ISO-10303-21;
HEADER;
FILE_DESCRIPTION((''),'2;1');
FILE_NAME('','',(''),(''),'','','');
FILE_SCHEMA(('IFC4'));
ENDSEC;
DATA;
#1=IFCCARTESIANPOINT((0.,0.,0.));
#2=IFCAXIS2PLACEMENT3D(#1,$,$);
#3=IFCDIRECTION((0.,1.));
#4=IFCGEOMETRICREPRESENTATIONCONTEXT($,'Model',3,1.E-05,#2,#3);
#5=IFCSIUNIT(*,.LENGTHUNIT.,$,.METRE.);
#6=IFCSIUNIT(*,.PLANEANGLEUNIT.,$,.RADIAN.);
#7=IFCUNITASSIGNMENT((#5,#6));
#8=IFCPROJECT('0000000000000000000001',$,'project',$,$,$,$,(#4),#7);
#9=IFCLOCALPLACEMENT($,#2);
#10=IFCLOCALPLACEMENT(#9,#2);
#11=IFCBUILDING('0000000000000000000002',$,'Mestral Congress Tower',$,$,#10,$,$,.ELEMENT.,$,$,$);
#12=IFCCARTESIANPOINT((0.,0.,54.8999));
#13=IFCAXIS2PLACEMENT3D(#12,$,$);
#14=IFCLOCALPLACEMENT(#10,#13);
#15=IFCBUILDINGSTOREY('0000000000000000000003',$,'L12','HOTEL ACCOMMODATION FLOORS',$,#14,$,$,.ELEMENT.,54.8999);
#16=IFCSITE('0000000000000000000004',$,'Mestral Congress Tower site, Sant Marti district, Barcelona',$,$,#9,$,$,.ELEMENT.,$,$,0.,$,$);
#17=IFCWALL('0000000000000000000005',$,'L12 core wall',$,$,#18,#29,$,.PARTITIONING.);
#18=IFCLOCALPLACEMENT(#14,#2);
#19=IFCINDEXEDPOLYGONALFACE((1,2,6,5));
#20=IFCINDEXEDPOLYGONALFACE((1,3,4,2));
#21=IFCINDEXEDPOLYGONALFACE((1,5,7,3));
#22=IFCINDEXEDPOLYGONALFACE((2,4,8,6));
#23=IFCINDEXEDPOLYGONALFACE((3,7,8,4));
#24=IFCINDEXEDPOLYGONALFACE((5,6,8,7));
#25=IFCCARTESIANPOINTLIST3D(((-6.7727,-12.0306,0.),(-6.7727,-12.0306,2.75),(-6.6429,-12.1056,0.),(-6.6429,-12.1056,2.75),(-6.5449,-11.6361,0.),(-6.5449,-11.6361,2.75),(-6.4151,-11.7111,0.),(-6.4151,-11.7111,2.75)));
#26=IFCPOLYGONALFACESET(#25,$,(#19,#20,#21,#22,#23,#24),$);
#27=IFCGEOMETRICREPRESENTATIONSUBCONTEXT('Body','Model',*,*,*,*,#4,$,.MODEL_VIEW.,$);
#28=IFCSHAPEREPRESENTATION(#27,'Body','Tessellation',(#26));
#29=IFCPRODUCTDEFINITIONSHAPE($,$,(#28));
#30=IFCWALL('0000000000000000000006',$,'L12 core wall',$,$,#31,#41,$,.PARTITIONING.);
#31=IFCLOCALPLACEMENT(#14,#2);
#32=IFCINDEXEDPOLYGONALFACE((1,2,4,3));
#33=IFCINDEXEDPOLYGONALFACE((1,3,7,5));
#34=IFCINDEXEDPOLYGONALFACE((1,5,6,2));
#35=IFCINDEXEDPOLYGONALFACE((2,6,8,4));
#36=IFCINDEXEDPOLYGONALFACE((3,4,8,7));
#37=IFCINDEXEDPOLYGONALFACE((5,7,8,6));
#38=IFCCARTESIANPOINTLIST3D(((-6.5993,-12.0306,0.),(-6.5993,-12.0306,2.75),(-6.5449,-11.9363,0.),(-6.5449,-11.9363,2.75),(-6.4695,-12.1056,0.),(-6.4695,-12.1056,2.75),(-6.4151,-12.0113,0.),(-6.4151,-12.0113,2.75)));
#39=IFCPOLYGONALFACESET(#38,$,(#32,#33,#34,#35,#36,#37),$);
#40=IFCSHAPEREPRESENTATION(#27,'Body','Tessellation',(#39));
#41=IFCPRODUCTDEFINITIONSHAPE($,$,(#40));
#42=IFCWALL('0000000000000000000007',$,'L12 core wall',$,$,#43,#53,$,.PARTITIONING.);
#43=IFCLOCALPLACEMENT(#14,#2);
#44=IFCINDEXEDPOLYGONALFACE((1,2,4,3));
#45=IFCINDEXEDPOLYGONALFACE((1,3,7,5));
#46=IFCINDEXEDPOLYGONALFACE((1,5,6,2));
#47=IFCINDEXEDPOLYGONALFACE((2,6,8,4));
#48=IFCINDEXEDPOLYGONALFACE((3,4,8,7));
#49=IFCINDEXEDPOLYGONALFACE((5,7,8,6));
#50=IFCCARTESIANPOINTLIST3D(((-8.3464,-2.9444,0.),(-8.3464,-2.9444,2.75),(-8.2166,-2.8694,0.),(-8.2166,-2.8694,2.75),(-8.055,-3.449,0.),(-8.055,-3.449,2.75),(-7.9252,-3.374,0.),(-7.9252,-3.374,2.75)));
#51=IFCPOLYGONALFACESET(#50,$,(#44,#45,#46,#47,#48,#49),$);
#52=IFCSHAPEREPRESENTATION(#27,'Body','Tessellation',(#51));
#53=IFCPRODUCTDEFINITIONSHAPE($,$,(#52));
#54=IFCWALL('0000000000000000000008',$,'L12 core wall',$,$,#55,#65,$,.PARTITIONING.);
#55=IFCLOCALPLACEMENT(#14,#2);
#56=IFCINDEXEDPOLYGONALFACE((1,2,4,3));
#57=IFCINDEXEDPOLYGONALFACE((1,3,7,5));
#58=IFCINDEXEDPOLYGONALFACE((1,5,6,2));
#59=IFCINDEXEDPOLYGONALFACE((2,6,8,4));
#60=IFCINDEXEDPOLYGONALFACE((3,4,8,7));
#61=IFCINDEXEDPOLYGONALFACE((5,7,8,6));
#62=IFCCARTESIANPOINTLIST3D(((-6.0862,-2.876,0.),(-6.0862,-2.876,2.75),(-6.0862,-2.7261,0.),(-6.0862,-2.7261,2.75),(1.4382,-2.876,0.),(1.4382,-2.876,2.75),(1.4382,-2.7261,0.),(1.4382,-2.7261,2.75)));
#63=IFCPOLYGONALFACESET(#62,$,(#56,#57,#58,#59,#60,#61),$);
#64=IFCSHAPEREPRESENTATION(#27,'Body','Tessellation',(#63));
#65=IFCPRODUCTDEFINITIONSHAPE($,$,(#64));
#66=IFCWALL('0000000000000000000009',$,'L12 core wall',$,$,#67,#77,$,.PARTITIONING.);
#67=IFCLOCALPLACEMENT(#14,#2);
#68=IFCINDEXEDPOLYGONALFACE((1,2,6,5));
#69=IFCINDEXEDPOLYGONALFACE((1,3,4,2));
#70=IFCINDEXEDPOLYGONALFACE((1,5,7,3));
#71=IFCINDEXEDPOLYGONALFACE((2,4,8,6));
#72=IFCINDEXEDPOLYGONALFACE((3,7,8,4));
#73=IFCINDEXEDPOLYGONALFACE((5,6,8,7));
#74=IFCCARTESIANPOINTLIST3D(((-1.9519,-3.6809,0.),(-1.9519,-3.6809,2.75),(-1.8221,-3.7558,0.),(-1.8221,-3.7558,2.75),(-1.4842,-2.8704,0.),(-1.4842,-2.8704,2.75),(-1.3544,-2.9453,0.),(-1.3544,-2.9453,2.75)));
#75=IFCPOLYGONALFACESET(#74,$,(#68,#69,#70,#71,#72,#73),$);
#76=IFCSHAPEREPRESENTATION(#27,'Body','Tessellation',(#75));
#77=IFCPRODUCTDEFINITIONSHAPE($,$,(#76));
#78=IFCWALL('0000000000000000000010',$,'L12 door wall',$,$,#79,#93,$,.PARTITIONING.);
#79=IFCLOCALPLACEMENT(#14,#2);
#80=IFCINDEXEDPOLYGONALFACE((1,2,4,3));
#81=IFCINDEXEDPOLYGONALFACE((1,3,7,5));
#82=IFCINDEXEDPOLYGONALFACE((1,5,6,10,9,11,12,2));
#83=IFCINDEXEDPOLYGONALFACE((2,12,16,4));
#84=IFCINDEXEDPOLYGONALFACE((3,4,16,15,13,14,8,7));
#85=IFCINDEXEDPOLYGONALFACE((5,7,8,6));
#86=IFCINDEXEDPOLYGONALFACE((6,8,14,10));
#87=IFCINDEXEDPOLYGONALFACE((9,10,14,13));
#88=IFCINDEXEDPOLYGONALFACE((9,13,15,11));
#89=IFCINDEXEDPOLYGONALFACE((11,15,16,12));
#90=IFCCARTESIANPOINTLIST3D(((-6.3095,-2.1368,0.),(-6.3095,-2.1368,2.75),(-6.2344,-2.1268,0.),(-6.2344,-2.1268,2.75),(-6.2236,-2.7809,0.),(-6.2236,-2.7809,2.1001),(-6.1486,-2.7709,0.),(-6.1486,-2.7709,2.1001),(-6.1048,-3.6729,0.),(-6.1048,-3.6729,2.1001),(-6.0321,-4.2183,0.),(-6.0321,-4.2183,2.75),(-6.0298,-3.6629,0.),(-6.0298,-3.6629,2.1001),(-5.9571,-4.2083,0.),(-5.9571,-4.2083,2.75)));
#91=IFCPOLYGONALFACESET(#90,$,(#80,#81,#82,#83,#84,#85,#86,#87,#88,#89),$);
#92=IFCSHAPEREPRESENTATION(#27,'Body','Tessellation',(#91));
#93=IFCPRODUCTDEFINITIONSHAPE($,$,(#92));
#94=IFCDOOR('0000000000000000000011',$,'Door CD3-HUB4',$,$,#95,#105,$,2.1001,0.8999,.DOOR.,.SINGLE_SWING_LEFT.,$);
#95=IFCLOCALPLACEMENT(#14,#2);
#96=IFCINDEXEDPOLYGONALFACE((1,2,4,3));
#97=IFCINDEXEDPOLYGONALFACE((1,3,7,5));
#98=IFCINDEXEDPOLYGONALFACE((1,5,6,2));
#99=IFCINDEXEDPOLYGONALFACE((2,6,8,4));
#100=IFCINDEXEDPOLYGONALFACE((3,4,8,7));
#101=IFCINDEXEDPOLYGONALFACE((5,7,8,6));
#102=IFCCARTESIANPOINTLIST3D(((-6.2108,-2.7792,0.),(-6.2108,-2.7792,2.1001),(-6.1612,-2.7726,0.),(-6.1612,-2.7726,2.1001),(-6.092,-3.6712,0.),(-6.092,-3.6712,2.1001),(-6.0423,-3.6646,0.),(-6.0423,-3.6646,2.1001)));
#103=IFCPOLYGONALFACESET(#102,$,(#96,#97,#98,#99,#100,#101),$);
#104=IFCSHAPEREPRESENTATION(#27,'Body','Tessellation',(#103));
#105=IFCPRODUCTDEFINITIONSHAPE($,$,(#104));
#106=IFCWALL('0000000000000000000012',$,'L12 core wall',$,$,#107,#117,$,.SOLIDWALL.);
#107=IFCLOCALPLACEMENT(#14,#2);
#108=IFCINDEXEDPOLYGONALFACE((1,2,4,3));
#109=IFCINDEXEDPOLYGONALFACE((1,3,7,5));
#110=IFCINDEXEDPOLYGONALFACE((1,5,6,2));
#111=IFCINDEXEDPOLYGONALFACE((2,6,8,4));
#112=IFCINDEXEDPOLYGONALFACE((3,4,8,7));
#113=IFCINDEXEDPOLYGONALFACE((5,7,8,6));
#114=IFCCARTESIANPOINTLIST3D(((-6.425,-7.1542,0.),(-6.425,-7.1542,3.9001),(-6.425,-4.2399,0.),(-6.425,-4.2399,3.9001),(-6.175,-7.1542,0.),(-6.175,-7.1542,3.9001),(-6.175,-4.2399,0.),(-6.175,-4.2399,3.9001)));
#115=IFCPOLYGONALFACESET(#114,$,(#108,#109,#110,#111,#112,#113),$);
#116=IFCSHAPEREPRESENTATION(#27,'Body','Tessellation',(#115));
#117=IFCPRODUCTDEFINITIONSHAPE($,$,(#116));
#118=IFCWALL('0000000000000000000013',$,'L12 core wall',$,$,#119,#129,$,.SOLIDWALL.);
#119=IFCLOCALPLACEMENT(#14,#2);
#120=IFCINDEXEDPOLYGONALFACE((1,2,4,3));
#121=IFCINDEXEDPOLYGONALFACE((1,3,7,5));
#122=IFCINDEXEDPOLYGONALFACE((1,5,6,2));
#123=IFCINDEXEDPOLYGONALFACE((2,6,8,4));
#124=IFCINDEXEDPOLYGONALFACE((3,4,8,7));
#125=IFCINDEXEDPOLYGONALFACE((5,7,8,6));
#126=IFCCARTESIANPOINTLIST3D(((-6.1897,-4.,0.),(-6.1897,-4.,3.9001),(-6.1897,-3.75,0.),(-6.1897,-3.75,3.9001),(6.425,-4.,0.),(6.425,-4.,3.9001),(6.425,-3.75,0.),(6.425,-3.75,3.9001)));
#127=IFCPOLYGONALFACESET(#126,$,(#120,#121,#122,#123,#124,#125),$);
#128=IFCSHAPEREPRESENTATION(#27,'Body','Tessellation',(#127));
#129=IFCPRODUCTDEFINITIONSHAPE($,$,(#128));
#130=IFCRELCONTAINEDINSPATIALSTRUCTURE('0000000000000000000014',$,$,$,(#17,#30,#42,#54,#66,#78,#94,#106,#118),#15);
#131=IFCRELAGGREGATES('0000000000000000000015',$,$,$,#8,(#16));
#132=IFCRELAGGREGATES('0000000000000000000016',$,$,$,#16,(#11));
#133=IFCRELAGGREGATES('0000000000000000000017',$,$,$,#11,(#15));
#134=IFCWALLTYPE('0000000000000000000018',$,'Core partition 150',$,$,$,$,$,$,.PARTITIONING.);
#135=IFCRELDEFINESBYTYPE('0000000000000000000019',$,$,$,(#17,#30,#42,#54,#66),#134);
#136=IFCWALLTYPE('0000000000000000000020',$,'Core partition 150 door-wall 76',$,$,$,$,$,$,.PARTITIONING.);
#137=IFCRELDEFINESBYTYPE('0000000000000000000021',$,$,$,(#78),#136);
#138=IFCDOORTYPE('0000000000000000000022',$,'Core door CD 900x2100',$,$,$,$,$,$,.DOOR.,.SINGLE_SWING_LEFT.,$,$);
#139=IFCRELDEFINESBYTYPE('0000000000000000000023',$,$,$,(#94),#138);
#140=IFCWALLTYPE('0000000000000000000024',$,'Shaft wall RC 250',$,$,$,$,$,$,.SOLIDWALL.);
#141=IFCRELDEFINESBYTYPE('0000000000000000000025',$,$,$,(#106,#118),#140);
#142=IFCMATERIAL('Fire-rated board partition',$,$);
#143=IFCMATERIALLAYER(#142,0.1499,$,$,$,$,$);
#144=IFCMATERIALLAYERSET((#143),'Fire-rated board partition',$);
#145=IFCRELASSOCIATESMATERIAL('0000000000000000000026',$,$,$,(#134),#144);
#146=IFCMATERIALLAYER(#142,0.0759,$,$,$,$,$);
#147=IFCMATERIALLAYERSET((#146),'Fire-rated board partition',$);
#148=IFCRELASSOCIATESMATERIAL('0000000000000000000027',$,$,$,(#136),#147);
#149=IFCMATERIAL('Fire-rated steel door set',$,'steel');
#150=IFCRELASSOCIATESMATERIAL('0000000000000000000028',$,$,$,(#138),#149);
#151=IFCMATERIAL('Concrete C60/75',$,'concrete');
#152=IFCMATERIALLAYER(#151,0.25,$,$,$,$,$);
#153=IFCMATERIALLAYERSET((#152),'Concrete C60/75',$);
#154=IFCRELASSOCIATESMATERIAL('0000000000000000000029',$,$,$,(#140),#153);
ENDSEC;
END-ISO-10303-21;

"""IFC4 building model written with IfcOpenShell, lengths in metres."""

from ifc_helpers import new_model, si_unit, direction, frame, frame_2d, origin, place, context, subcontext, project, spatial, rectangle, extrude, material, layer, layer_set, type_object, element, fill, save


model = new_model("IFC4")

# Units and contexts
model_context = context("Model", 3, precision=1e-05, world=origin(), true_north=direction((0.0, 1.0)))
body_context = subcontext(model_context, "Body", "Model", "MODEL_VIEW")
ifc_project = project(units=[si_unit("LENGTHUNIT", "METRE"), si_unit("PLANEANGLEUNIT", "RADIAN")], contexts=[model_context])

# Site, building, storey
site_placement = place(None, origin())
site = spatial("IfcSite", under=ifc_project, at=site_placement, Name="Mestral Congress Tower site, Sant Marti district, Barcelona", CompositionType="ELEMENT", RefElevation=0.0)
building_placement = place(site_placement, origin())
building = spatial("IfcBuilding", under=site, at=building_placement, Name="Mestral Congress Tower", CompositionType="ELEMENT")
storey_placement = place(building_placement, frame((0.0, 0.0, 54.8999)))
storey = spatial("IfcBuildingStorey", under=building, at=storey_placement, Name="L12", Description="HOTEL ACCOMMODATION FLOORS", CompositionType="ELEMENT", Elevation=54.8999)

# Walls
ifc_material_1 = material(Name="Fire-rated board partition")
ifc_layer_1 = layer(ifc_material_1, 0.1499)
ifc_layer_set_1 = layer_set([ifc_layer_1], Name="Fire-rated board partition")
wall_type_1 = type_object("IfcWallType", Name="Core partition 150", PredefinedType="PARTITIONING", material=ifc_layer_set_1)
wall_1_placement = place(storey_placement, frame((-6.7078, -12.0681, 0.0), z_axis=(0.0, 0.0, 1.0), x_axis=(0.500001, 0.866025, 0.0)))
element("IfcWall", 1, at=wall_1_placement, inside=storey, type_object=wall_type_1, Name="L12 core wall", PredefinedType="PARTITIONING", context=body_context, shape_type="SweptSolid", body=[
    extrude(rectangle(XDim=0.4556, YDim=0.1499, at=frame_2d((0.2278, 0.0))), origin(), (0.0, 0.0, 1.0), 2.75),
])
wall_2_placement = place(storey_placement, frame((-6.5344, -12.0681, 0.0), z_axis=(0.0, 0.0, 1.0), x_axis=(0.50024, 0.865887, 0.0)))
element("IfcWall", 2, at=wall_2_placement, inside=storey, type_object=wall_type_1, Name="L12 core wall", PredefinedType="PARTITIONING", context=body_context, shape_type="SweptSolid", body=[
    extrude(rectangle(XDim=0.1089, YDim=0.1499, at=frame_2d((0.0544, 0.0))), origin(), (0.0, 0.0, 1.0), 2.75),
])
wall_3_placement = place(storey_placement, frame((-7.99, -3.4116, 0.0), z_axis=(0.0, 0.0, 1.0), x_axis=(-0.500194, 0.865913, 0.0)))
element("IfcWall", 3, at=wall_3_placement, inside=storey, type_object=wall_type_1, Name="L12 core wall", PredefinedType="PARTITIONING", context=body_context, shape_type="SweptSolid", body=[
    extrude(rectangle(XDim=0.5828, YDim=0.1499, at=frame_2d((0.2915, 0.0))), origin(), (0.0, 0.0, 1.0), 2.75),
])
wall_4_placement = place(storey_placement, frame((-6.0862, -2.801, 0.0), z_axis=(0.0, 0.0, 1.0), x_axis=(1.0, 0.0, 0.0)))
element("IfcWall", 4, at=wall_4_placement, inside=storey, type_object=wall_type_1, Name="L12 core wall", PredefinedType="PARTITIONING", context=body_context, shape_type="SweptSolid", body=[
    extrude(rectangle(XDim=7.5244, YDim=0.1499, at=frame_2d((3.7622, 0.0))), origin(), (0.0, 0.0, 1.0), 2.75),
])
wall_5_placement = place(storey_placement, frame((-1.887, -3.7183, 0.0), z_axis=(0.0, 0.0, 1.0), x_axis=(0.499843, 0.866116, 0.0)))
element("IfcWall", 5, at=wall_5_placement, inside=storey, type_object=wall_type_1, Name="L12 core wall", PredefinedType="PARTITIONING", context=body_context, shape_type="SweptSolid", body=[
    extrude(rectangle(XDim=0.9358, YDim=0.1499, at=frame_2d((0.4678, 0.0))), origin(), (0.0, 0.0, 1.0), 2.75),
])

# Wall, opening, door
ifc_layer_2 = layer(ifc_material_1, 0.0759)
ifc_layer_set_2 = layer_set([ifc_layer_2], Name="Fire-rated board partition")
wall_type_2 = type_object("IfcWallType", Name="Core partition 150 door-wall 76", PredefinedType="PARTITIONING", material=ifc_layer_set_2)
wall_6_placement = place(storey_placement, frame((-5.9946, -4.2131, 0.0), z_axis=(0.0, 0.0, 1.0), x_axis=(-0.132072, 0.99124, 0.0)))
wall_6 = element("IfcWall", 6, at=wall_6_placement, inside=storey, type_object=wall_type_2, Name="L12 door wall", PredefinedType="PARTITIONING", context=body_context, shape_type="SweptSolid", body=[
    extrude(rectangle(XDim=2.0999, YDim=0.0757, at=frame_2d((1.0498, 0.0))), origin(), (0.0, 0.0, 1.0), 2.75),
])
opening_1_placement = place(wall_6_placement, frame((0.55, 0.0, 0.0)))
opening_1 = element("IfcOpeningElement", 7, at=opening_1_placement, cuts=wall_6, PredefinedType="OPENING", context=body_context, shape_type="SweptSolid", body=[
    extrude(rectangle(XDim=0.8999, YDim=2.1001, at=frame_2d((0.45, 1.05))), frame((0.0, 0.0479, 0.0), z_axis=(0.0, -1.0, 0.0), x_axis=(1.0, 0.0, 0.0)), (0.0, 0.0, 1.0), 0.0957),
])
ifc_material_2 = material(Name="Fire-rated steel door set", Category="steel")
door_type_1 = type_object("IfcDoorType", Name="Core door CD 900x2100", OperationType="SINGLE_SWING_LEFT", PredefinedType="DOOR", material=ifc_material_2)
door_1_placement = place(opening_1_placement, origin())
door_1 = element("IfcDoor", 8, at=door_1_placement, inside=storey, type_object=door_type_1, Name="Door CD3-HUB4", OperationType="SINGLE_SWING_LEFT", OverallHeight=2.1001, OverallWidth=0.8999, PredefinedType="DOOR", context=body_context, shape_type="SweptSolid", body=[
    extrude(rectangle(XDim=0.8999, YDim=2.1001, at=frame_2d((0.45, 1.05))), frame((0.0, 0.0249, 0.0), z_axis=(0.0, -1.0, 0.0), x_axis=(1.0, 0.0, 0.0)), (0.0, 0.0, 1.0), 0.05),
])
fill(opening_1, door_1)

# Walls
ifc_material_3 = material(Name="Concrete C60/75", Category="concrete")
ifc_layer_3 = layer(ifc_material_3, 0.25)
ifc_layer_set_3 = layer_set([ifc_layer_3], Name="Concrete C60/75")
wall_type_3 = type_object("IfcWallType", Name="Shaft wall RC 250", PredefinedType="SOLIDWALL", material=ifc_layer_set_3)
wall_7_placement = place(storey_placement, frame((-6.3, -4.24, 0.0), z_axis=(0.0, 0.0, 1.0), x_axis=(0.0, -1.0, 0.0)))
element("IfcWall", 9, at=wall_7_placement, inside=storey, type_object=wall_type_3, Name="L12 core wall", PredefinedType="SOLIDWALL", context=body_context, shape_type="SweptSolid", body=[
    extrude(rectangle(XDim=2.9143, YDim=0.25, at=frame_2d((1.457, 0.0))), origin(), (0.0, 0.0, 1.0), 3.9001),
])
wall_8_placement = place(storey_placement, frame((-6.1897, -3.875, 0.0), z_axis=(0.0, 0.0, 1.0), x_axis=(1.0, 0.0, 0.0)))
element("IfcWall", 10, at=wall_8_placement, inside=storey, type_object=wall_type_3, Name="L12 core wall", PredefinedType="SOLIDWALL", context=body_context, shape_type="SweptSolid", body=[
    extrude(rectangle(XDim=12.6147, YDim=0.25, at=frame_2d((6.3074, 0.0))), origin(), (0.0, 0.0, 1.0), 3.9001),
])

save(model, "model.ifc")
